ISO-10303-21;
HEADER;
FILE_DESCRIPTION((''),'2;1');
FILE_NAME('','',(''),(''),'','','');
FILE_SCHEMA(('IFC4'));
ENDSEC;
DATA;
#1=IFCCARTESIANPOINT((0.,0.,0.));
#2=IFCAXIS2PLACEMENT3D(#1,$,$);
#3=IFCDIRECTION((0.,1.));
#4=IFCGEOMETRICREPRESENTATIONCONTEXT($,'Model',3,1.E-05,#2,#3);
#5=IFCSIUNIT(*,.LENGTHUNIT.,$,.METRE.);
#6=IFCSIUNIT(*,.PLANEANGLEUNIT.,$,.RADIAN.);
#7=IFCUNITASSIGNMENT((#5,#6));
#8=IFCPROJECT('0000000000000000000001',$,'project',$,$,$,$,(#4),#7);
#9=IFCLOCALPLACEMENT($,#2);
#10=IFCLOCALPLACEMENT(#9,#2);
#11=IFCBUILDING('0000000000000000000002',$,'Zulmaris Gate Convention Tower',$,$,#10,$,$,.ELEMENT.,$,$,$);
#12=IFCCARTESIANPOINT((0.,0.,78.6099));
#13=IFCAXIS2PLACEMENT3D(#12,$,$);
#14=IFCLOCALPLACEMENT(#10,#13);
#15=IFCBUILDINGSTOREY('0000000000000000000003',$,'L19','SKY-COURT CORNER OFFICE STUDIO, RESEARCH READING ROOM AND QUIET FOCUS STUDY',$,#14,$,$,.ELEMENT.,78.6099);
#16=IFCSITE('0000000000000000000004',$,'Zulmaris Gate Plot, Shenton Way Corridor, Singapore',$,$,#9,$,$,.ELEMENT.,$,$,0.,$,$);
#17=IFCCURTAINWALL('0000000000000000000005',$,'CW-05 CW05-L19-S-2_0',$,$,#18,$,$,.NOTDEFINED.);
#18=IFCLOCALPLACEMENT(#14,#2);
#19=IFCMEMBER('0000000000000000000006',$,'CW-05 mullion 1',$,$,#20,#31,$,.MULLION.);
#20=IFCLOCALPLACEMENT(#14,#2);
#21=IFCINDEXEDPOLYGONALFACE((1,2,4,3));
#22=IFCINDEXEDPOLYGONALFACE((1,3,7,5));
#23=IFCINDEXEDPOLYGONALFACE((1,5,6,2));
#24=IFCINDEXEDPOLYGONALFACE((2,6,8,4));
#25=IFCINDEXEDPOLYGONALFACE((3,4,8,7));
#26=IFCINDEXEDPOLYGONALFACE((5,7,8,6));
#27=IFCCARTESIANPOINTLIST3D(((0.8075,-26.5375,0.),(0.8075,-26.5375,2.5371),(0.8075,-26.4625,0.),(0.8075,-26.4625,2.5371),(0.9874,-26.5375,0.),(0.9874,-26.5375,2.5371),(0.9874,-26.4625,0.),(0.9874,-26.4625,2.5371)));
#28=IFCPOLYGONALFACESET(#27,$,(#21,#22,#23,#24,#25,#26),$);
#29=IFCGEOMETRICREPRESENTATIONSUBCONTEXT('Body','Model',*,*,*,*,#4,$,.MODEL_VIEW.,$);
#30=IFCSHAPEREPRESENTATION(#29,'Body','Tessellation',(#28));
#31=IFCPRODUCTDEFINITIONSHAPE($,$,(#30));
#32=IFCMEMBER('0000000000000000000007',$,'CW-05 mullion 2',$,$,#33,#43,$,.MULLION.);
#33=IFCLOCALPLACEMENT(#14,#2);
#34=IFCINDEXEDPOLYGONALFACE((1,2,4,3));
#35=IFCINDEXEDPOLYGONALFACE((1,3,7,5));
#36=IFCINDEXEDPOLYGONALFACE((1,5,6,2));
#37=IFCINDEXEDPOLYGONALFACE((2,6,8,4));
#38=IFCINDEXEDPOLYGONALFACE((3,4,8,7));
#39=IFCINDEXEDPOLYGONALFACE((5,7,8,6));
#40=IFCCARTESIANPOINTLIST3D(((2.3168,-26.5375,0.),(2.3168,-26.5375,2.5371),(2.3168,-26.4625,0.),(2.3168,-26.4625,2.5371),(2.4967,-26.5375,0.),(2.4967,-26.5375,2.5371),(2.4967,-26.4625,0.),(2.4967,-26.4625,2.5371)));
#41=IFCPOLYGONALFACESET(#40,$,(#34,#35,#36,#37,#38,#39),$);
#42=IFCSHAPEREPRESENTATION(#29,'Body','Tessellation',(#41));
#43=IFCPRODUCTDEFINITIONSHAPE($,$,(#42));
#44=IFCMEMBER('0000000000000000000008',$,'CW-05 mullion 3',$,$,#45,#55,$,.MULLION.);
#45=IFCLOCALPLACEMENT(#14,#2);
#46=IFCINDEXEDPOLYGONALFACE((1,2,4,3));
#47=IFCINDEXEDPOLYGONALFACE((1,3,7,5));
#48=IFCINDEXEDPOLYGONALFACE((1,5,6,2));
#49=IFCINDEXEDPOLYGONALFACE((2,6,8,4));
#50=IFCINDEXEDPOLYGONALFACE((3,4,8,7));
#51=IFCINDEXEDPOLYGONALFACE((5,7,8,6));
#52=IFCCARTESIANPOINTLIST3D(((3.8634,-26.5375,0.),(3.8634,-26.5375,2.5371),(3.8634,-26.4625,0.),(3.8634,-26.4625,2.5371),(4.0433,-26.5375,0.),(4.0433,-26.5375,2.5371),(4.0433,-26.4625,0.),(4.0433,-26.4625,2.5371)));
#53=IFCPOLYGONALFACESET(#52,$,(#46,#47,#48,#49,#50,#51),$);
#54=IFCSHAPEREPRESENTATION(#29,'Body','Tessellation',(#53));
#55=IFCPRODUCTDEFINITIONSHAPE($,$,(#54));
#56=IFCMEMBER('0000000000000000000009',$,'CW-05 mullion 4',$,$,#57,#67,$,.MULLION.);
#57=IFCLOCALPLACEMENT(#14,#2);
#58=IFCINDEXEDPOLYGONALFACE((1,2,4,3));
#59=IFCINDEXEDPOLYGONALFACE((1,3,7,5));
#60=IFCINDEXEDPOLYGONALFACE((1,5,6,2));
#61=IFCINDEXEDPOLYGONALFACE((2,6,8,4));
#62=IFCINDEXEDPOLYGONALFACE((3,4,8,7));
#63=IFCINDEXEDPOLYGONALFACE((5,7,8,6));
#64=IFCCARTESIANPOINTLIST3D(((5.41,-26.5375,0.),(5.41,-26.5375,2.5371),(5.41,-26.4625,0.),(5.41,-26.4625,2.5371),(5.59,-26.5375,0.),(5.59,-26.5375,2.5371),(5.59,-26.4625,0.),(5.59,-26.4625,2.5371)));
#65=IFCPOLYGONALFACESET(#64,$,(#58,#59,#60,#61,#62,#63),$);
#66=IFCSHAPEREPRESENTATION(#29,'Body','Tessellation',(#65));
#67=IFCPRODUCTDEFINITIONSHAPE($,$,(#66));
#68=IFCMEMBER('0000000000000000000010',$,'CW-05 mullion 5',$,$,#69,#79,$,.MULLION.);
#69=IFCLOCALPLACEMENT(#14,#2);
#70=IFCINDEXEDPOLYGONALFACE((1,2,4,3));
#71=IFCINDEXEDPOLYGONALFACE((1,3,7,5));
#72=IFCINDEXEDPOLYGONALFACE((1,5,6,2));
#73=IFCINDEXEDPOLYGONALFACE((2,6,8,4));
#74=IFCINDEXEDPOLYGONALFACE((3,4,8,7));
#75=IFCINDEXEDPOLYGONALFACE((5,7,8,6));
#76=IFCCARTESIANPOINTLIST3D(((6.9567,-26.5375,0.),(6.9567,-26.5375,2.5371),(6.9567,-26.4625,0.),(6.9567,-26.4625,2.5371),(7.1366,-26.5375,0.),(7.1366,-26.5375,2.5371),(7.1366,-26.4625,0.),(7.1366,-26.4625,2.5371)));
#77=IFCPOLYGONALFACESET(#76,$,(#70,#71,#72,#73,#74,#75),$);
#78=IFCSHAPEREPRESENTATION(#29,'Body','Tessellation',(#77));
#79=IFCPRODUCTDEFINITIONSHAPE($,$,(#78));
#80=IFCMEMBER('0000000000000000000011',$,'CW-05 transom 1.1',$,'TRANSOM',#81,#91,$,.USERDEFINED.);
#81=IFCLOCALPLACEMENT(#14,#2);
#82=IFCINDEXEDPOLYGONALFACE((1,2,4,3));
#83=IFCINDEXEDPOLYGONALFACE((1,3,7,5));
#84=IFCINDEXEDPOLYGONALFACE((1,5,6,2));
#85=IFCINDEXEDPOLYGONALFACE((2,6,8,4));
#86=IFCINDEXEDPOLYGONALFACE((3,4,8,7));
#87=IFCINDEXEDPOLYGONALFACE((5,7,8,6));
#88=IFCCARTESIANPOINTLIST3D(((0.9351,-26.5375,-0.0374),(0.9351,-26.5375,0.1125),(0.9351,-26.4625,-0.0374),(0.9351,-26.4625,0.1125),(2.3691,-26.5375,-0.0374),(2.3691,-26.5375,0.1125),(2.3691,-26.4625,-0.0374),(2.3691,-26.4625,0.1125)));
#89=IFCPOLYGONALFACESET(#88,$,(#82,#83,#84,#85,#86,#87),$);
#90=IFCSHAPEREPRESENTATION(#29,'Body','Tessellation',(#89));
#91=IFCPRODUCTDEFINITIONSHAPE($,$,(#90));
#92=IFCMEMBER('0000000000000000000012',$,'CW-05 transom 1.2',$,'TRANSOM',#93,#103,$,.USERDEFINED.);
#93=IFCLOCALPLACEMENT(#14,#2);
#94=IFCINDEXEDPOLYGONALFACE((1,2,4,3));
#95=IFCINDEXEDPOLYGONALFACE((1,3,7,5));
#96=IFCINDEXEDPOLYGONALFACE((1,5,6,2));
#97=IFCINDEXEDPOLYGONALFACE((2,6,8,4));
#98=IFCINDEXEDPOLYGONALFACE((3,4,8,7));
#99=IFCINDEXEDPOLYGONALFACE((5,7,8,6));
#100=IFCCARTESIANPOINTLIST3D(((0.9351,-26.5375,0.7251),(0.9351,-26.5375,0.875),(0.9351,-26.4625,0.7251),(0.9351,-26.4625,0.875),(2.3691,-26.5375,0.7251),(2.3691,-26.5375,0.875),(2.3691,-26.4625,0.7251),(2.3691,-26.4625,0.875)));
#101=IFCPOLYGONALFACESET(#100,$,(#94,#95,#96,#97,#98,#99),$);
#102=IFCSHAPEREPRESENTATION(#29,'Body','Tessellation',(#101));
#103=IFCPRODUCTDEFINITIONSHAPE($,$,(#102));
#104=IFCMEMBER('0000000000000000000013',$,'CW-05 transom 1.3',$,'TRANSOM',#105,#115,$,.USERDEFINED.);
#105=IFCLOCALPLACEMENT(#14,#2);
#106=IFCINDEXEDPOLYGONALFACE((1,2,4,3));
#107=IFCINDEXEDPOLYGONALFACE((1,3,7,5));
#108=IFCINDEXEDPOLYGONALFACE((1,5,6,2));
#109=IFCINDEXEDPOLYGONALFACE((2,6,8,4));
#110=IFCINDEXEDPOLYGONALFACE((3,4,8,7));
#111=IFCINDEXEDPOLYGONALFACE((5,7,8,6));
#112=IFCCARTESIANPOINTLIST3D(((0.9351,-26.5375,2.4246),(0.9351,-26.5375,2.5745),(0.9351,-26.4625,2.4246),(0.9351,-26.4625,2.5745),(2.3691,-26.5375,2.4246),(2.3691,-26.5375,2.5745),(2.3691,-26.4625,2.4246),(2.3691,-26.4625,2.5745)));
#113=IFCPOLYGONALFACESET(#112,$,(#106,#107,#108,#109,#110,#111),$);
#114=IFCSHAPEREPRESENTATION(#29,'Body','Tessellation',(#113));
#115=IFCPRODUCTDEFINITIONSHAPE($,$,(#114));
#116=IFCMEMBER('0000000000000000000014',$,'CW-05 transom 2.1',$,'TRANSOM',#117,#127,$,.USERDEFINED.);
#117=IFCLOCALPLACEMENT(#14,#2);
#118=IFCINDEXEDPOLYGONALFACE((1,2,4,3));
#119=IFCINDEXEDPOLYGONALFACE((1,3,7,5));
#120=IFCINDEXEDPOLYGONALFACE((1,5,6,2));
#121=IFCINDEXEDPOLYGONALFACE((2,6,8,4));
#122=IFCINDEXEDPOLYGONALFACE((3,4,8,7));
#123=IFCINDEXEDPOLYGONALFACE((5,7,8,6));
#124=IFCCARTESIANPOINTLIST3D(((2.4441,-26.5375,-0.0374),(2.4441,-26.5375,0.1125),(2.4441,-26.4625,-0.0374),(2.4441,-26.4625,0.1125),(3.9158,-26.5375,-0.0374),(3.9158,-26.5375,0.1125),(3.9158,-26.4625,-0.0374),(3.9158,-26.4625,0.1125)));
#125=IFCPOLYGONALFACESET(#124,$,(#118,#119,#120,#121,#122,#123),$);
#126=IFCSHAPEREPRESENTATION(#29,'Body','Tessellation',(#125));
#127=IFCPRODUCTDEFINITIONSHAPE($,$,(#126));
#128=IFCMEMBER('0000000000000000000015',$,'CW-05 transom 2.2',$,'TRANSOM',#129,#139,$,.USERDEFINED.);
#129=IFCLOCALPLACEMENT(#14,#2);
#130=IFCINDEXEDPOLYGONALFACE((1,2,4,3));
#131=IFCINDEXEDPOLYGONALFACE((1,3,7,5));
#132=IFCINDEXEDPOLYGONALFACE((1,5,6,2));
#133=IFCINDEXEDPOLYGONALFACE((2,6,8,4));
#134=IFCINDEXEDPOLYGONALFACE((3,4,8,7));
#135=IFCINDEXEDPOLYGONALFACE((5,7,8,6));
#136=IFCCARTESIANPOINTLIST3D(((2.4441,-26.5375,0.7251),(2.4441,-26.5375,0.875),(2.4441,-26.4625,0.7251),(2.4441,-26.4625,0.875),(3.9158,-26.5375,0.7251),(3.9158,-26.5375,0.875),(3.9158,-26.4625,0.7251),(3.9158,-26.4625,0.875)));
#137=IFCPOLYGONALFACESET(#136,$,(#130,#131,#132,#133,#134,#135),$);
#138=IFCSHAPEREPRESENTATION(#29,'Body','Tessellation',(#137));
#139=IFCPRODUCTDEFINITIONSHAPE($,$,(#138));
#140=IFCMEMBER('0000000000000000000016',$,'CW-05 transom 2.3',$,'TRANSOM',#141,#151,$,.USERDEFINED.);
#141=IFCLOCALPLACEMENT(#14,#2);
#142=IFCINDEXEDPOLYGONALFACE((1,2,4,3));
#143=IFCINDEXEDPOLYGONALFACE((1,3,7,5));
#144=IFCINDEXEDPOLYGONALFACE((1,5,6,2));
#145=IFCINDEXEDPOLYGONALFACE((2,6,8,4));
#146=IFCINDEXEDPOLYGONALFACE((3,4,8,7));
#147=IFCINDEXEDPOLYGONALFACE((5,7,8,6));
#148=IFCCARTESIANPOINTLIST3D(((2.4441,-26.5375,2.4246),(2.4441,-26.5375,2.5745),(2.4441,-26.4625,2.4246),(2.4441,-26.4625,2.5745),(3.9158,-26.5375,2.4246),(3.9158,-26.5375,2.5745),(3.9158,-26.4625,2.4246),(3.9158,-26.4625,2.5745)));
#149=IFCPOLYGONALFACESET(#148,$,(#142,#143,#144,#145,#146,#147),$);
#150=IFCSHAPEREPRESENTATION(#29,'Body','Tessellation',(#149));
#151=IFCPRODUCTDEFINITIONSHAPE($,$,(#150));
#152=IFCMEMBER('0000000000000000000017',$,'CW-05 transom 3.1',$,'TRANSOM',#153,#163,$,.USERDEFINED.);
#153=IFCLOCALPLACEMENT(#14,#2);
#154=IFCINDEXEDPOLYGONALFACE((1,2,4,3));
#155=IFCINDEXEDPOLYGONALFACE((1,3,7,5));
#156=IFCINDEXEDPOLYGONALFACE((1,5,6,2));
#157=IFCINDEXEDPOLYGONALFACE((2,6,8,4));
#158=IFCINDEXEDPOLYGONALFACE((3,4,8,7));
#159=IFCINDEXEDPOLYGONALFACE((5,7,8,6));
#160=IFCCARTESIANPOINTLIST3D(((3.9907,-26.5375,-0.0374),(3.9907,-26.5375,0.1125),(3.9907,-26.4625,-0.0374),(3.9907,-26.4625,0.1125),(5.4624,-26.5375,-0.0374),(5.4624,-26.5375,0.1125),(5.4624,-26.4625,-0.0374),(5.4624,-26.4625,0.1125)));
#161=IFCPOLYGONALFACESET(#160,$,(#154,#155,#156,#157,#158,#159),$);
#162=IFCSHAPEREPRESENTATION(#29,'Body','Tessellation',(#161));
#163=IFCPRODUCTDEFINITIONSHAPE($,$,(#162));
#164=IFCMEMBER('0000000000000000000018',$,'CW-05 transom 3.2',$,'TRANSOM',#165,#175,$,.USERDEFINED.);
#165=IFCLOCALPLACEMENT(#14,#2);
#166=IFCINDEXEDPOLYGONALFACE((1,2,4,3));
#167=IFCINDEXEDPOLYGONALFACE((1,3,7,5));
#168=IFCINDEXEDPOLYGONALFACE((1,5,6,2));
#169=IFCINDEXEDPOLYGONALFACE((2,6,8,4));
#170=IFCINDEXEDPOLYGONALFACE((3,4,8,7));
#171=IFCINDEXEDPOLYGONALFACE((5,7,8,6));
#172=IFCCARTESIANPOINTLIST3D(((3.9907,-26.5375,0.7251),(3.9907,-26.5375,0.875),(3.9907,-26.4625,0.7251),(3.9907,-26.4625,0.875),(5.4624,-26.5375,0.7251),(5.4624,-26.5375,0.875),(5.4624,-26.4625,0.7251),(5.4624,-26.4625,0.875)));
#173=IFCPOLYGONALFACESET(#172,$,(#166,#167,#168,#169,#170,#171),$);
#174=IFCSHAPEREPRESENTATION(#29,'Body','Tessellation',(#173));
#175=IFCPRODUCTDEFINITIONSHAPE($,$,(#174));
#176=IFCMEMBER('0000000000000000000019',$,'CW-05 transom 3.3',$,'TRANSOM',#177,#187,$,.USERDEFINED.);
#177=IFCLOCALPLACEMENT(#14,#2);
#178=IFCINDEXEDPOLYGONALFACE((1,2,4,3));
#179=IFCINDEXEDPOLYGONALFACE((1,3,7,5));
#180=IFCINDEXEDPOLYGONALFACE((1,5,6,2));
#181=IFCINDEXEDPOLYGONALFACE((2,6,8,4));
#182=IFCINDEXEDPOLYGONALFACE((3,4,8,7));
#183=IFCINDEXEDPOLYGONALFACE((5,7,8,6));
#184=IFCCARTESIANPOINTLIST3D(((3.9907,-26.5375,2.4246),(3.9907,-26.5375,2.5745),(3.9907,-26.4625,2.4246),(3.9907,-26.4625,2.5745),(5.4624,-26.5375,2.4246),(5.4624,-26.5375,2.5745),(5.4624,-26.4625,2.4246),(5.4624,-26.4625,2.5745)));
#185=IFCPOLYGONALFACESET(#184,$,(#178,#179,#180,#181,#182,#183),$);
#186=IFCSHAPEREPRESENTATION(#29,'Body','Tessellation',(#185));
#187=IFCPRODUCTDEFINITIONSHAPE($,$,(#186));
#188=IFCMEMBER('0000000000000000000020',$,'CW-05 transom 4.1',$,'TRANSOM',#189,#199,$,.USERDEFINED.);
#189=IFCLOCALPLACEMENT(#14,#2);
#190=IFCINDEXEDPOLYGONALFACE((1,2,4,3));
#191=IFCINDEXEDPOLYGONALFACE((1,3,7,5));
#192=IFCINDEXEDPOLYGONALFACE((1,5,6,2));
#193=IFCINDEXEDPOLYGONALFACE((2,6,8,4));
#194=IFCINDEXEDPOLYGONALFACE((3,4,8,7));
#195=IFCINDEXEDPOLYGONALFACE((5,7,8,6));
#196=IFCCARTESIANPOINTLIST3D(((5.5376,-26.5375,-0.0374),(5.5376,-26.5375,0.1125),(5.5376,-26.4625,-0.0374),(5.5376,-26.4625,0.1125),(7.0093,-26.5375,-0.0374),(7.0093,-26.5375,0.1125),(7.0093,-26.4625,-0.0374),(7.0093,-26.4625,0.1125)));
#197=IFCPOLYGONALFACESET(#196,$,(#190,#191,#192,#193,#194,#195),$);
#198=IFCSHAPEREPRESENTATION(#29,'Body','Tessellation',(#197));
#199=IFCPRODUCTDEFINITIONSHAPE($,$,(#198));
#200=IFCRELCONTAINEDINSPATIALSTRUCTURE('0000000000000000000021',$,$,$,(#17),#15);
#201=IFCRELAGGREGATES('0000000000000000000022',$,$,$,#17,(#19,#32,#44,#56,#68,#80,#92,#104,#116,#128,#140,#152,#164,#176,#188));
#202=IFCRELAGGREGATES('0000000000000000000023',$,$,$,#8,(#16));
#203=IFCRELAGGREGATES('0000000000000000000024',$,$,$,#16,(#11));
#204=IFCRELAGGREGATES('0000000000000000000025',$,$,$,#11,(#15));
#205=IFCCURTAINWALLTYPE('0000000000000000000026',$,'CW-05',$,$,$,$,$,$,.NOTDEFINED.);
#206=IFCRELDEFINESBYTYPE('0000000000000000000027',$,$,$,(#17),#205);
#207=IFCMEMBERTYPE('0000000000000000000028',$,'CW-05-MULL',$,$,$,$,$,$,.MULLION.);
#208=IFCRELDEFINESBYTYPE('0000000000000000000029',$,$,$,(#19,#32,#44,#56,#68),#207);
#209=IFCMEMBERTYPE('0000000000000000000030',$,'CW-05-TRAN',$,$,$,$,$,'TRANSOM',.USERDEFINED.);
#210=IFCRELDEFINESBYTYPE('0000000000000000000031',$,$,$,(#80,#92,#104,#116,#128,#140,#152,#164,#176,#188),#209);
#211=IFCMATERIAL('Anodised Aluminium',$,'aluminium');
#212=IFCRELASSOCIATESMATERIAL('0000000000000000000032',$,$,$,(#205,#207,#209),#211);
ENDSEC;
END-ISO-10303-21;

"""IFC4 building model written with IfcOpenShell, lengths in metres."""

from ifc_helpers import new_model, si_unit, direction, frame, origin, origin_2d, place, context, subcontext, project, spatial, rectangle, extrude, material, material_profile, profile_set, type_object, element, aggregate, save


model = new_model("IFC4")

# Units and contexts
model_context = context("Model", 3, precision=1e-05, world=origin(), true_north=direction((0.0, 1.0)))
body_context = subcontext(model_context, "Body", "Model", "MODEL_VIEW")
ifc_project = project(units=[si_unit("LENGTHUNIT", "METRE"), si_unit("PLANEANGLEUNIT", "RADIAN")], contexts=[model_context])

# Site, building, storey
site_placement = place(None, origin())
site = spatial("IfcSite", under=ifc_project, at=site_placement, Name="Zulmaris Gate Plot, Shenton Way Corridor, Singapore", CompositionType="ELEMENT", RefElevation=0.0)
building_placement = place(site_placement, origin())
building = spatial("IfcBuilding", under=site, at=building_placement, Name="Zulmaris Gate Convention Tower", CompositionType="ELEMENT")
storey_placement = place(building_placement, frame((0.0, 0.0, 78.6099)))
storey = spatial("IfcBuildingStorey", under=building, at=storey_placement, Name="L19", Description="SKY-COURT CORNER OFFICE STUDIO, RESEARCH READING ROOM AND QUIET FOCUS STUDY", CompositionType="ELEMENT", Elevation=78.6099)

# Curtain wall, members
ifc_material_1 = material(Name="Anodised Aluminium", Category="aluminium")
curtain_wall_type = type_object("IfcCurtainWallType", Name="CW-05", PredefinedType="NOTDEFINED", material=ifc_material_1)
curtain_wall_placement = place(storey_placement, origin())
curtain_wall = element("IfcCurtainWall", 1, at=curtain_wall_placement, inside=storey, type_object=curtain_wall_type, Name="CW-05 CW05-L19-S-2_0", PredefinedType="NOTDEFINED")
ifc_material_profile_1 = material_profile(ifc_material_1, rectangle(XDim=0.075, YDim=0.1799, at=origin_2d()), Name="ALU MULLION 75x180")
ifc_profile_set_1 = profile_set([ifc_material_profile_1], Name="Anodised Aluminium")
member_type_1 = type_object("IfcMemberType", Name="CW-05-MULL", PredefinedType="MULLION", material=ifc_profile_set_1)
member_1_placement = place(storey_placement, frame((0.8975, -26.5, 0.0), z_axis=(0.0, 0.0, 1.0), x_axis=(0.0, 1.0, 0.0)))
member_1 = element("IfcMember", 2, at=member_1_placement, type_object=member_type_1, Name="CW-05 mullion 1", PredefinedType="MULLION", context=body_context, shape_type="SweptSolid", body=[
    extrude(rectangle(XDim=0.075, YDim=0.1799, at=origin_2d()), origin(), (0.0, 0.0, 1.0), 2.5371),
])
member_2_placement = place(storey_placement, frame((2.4067, -26.5, 0.0), z_axis=(0.0, 0.0, 1.0), x_axis=(0.0, 1.0, 0.0)))
member_2 = element("IfcMember", 3, at=member_2_placement, type_object=member_type_1, Name="CW-05 mullion 2", PredefinedType="MULLION", context=body_context, shape_type="SweptSolid", body=[
    extrude(rectangle(XDim=0.075, YDim=0.1799, at=origin_2d()), origin(), (0.0, 0.0, 1.0), 2.5371),
])
member_3_placement = place(storey_placement, frame((3.9534, -26.5, 0.0), z_axis=(0.0, 0.0, 1.0), x_axis=(0.0, 1.0, 0.0)))
member_3 = element("IfcMember", 4, at=member_3_placement, type_object=member_type_1, Name="CW-05 mullion 3", PredefinedType="MULLION", context=body_context, shape_type="SweptSolid", body=[
    extrude(rectangle(XDim=0.075, YDim=0.1799, at=origin_2d()), origin(), (0.0, 0.0, 1.0), 2.5371),
])
member_4_placement = place(storey_placement, frame((5.5, -26.5, 0.0), z_axis=(0.0, 0.0, 1.0), x_axis=(0.0, 1.0, 0.0)))
member_4 = element("IfcMember", 5, at=member_4_placement, type_object=member_type_1, Name="CW-05 mullion 4", PredefinedType="MULLION", context=body_context, shape_type="SweptSolid", body=[
    extrude(rectangle(XDim=0.075, YDim=0.1799, at=origin_2d()), origin(), (0.0, 0.0, 1.0), 2.5371),
])
member_5_placement = place(storey_placement, frame((7.0466, -26.5, 0.0), z_axis=(0.0, 0.0, 1.0), x_axis=(0.0, 1.0, 0.0)))
member_5 = element("IfcMember", 6, at=member_5_placement, type_object=member_type_1, Name="CW-05 mullion 5", PredefinedType="MULLION", context=body_context, shape_type="SweptSolid", body=[
    extrude(rectangle(XDim=0.075, YDim=0.1799, at=origin_2d()), origin(), (0.0, 0.0, 1.0), 2.5371),
])
ifc_material_profile_2 = material_profile(ifc_material_1, rectangle(XDim=0.075, YDim=0.1499, at=origin_2d()), Name="ALU TRANSOM 75x150")
ifc_profile_set_2 = profile_set([ifc_material_profile_2], Name="Anodised Aluminium")
member_type_2 = type_object("IfcMemberType", Name="CW-05-TRAN", ElementType="TRANSOM", PredefinedType="USERDEFINED", material=ifc_profile_set_2)
member_6_placement = place(storey_placement, frame((0.9351, -26.5, 0.0376), z_axis=(1.0, 0.0, 0.0), x_axis=(0.0, 1.0, 0.0)))
member_6 = element("IfcMember", 7, at=member_6_placement, type_object=member_type_2, Name="CW-05 transom 1.1", ObjectType="TRANSOM", PredefinedType="USERDEFINED", context=body_context, shape_type="SweptSolid", body=[
    extrude(rectangle(XDim=0.075, YDim=0.1499, at=origin_2d()), origin(), (0.0, 0.0, 1.0), 1.4341),
])
member_7_placement = place(storey_placement, frame((0.9351, -26.5, 0.8), z_axis=(1.0, 0.0, 0.0), x_axis=(0.0, 1.0, 0.0)))
member_7 = element("IfcMember", 8, at=member_7_placement, type_object=member_type_2, Name="CW-05 transom 1.2", ObjectType="TRANSOM", PredefinedType="USERDEFINED", context=body_context, shape_type="SweptSolid", body=[
    extrude(rectangle(XDim=0.075, YDim=0.1499, at=origin_2d()), origin(), (0.0, 0.0, 1.0), 1.4341),
])
member_8_placement = place(storey_placement, frame((0.9351, -26.5, 2.4995), z_axis=(1.0, 0.0, 0.0), x_axis=(0.0, 1.0, 0.0)))
member_8 = element("IfcMember", 9, at=member_8_placement, type_object=member_type_2, Name="CW-05 transom 1.3", ObjectType="TRANSOM", PredefinedType="USERDEFINED", context=body_context, shape_type="SweptSolid", body=[
    extrude(rectangle(XDim=0.075, YDim=0.1499, at=origin_2d()), origin(), (0.0, 0.0, 1.0), 1.4341),
])
member_9_placement = place(storey_placement, frame((2.4441, -26.5, 0.0376), z_axis=(1.0, 0.0, 0.0), x_axis=(0.0, 1.0, 0.0)))
member_9 = element("IfcMember", 10, at=member_9_placement, type_object=member_type_2, Name="CW-05 transom 2.1", ObjectType="TRANSOM", PredefinedType="USERDEFINED", context=body_context, shape_type="SweptSolid", body=[
    extrude(rectangle(XDim=0.075, YDim=0.1499, at=origin_2d()), origin(), (0.0, 0.0, 1.0), 1.4717),
])
member_10_placement = place(storey_placement, frame((2.4441, -26.5, 0.8), z_axis=(1.0, 0.0, 0.0), x_axis=(0.0, 1.0, 0.0)))
member_10 = element("IfcMember", 11, at=member_10_placement, type_object=member_type_2, Name="CW-05 transom 2.2", ObjectType="TRANSOM", PredefinedType="USERDEFINED", context=body_context, shape_type="SweptSolid", body=[
    extrude(rectangle(XDim=0.075, YDim=0.1499, at=origin_2d()), origin(), (0.0, 0.0, 1.0), 1.4717),
])
member_11_placement = place(storey_placement, frame((2.4441, -26.5, 2.4995), z_axis=(1.0, 0.0, 0.0), x_axis=(0.0, 1.0, 0.0)))
member_11 = element("IfcMember", 12, at=member_11_placement, type_object=member_type_2, Name="CW-05 transom 2.3", ObjectType="TRANSOM", PredefinedType="USERDEFINED", context=body_context, shape_type="SweptSolid", body=[
    extrude(rectangle(XDim=0.075, YDim=0.1499, at=origin_2d()), origin(), (0.0, 0.0, 1.0), 1.4717),
])
member_12_placement = place(storey_placement, frame((3.9907, -26.5, 0.0376), z_axis=(1.0, 0.0, 0.0), x_axis=(0.0, 1.0, 0.0)))
member_12 = element("IfcMember", 13, at=member_12_placement, type_object=member_type_2, Name="CW-05 transom 3.1", ObjectType="TRANSOM", PredefinedType="USERDEFINED", context=body_context, shape_type="SweptSolid", body=[
    extrude(rectangle(XDim=0.075, YDim=0.1499, at=origin_2d()), origin(), (0.0, 0.0, 1.0), 1.4717),
])
member_13_placement = place(storey_placement, frame((3.9907, -26.5, 0.8), z_axis=(1.0, 0.0, 0.0), x_axis=(0.0, 1.0, 0.0)))
member_13 = element("IfcMember", 14, at=member_13_placement, type_object=member_type_2, Name="CW-05 transom 3.2", ObjectType="TRANSOM", PredefinedType="USERDEFINED", context=body_context, shape_type="SweptSolid", body=[
    extrude(rectangle(XDim=0.075, YDim=0.1499, at=origin_2d()), origin(), (0.0, 0.0, 1.0), 1.4717),
])
member_14_placement = place(storey_placement, frame((3.9907, -26.5, 2.4995), z_axis=(1.0, 0.0, 0.0), x_axis=(0.0, 1.0, 0.0)))
member_14 = element("IfcMember", 15, at=member_14_placement, type_object=member_type_2, Name="CW-05 transom 3.3", ObjectType="TRANSOM", PredefinedType="USERDEFINED", context=body_context, shape_type="SweptSolid", body=[
    extrude(rectangle(XDim=0.075, YDim=0.1499, at=origin_2d()), origin(), (0.0, 0.0, 1.0), 1.4717),
])
member_15_placement = place(storey_placement, frame((5.5376, -26.5, 0.0376), z_axis=(1.0, 0.0, 0.0), x_axis=(0.0, 1.0, 0.0)))
member_15 = element("IfcMember", 16, at=member_15_placement, type_object=member_type_2, Name="CW-05 transom 4.1", ObjectType="TRANSOM", PredefinedType="USERDEFINED", context=body_context, shape_type="SweptSolid", body=[
    extrude(rectangle(XDim=0.075, YDim=0.1499, at=origin_2d()), origin(), (0.0, 0.0, 1.0), 1.4717),
])
aggregate(curtain_wall, [member_1, member_2, member_3, member_4, member_5, member_6, member_7, member_8, member_9, member_10, member_11, member_12, member_13, member_14, member_15])

save(model, "model.ifc")
